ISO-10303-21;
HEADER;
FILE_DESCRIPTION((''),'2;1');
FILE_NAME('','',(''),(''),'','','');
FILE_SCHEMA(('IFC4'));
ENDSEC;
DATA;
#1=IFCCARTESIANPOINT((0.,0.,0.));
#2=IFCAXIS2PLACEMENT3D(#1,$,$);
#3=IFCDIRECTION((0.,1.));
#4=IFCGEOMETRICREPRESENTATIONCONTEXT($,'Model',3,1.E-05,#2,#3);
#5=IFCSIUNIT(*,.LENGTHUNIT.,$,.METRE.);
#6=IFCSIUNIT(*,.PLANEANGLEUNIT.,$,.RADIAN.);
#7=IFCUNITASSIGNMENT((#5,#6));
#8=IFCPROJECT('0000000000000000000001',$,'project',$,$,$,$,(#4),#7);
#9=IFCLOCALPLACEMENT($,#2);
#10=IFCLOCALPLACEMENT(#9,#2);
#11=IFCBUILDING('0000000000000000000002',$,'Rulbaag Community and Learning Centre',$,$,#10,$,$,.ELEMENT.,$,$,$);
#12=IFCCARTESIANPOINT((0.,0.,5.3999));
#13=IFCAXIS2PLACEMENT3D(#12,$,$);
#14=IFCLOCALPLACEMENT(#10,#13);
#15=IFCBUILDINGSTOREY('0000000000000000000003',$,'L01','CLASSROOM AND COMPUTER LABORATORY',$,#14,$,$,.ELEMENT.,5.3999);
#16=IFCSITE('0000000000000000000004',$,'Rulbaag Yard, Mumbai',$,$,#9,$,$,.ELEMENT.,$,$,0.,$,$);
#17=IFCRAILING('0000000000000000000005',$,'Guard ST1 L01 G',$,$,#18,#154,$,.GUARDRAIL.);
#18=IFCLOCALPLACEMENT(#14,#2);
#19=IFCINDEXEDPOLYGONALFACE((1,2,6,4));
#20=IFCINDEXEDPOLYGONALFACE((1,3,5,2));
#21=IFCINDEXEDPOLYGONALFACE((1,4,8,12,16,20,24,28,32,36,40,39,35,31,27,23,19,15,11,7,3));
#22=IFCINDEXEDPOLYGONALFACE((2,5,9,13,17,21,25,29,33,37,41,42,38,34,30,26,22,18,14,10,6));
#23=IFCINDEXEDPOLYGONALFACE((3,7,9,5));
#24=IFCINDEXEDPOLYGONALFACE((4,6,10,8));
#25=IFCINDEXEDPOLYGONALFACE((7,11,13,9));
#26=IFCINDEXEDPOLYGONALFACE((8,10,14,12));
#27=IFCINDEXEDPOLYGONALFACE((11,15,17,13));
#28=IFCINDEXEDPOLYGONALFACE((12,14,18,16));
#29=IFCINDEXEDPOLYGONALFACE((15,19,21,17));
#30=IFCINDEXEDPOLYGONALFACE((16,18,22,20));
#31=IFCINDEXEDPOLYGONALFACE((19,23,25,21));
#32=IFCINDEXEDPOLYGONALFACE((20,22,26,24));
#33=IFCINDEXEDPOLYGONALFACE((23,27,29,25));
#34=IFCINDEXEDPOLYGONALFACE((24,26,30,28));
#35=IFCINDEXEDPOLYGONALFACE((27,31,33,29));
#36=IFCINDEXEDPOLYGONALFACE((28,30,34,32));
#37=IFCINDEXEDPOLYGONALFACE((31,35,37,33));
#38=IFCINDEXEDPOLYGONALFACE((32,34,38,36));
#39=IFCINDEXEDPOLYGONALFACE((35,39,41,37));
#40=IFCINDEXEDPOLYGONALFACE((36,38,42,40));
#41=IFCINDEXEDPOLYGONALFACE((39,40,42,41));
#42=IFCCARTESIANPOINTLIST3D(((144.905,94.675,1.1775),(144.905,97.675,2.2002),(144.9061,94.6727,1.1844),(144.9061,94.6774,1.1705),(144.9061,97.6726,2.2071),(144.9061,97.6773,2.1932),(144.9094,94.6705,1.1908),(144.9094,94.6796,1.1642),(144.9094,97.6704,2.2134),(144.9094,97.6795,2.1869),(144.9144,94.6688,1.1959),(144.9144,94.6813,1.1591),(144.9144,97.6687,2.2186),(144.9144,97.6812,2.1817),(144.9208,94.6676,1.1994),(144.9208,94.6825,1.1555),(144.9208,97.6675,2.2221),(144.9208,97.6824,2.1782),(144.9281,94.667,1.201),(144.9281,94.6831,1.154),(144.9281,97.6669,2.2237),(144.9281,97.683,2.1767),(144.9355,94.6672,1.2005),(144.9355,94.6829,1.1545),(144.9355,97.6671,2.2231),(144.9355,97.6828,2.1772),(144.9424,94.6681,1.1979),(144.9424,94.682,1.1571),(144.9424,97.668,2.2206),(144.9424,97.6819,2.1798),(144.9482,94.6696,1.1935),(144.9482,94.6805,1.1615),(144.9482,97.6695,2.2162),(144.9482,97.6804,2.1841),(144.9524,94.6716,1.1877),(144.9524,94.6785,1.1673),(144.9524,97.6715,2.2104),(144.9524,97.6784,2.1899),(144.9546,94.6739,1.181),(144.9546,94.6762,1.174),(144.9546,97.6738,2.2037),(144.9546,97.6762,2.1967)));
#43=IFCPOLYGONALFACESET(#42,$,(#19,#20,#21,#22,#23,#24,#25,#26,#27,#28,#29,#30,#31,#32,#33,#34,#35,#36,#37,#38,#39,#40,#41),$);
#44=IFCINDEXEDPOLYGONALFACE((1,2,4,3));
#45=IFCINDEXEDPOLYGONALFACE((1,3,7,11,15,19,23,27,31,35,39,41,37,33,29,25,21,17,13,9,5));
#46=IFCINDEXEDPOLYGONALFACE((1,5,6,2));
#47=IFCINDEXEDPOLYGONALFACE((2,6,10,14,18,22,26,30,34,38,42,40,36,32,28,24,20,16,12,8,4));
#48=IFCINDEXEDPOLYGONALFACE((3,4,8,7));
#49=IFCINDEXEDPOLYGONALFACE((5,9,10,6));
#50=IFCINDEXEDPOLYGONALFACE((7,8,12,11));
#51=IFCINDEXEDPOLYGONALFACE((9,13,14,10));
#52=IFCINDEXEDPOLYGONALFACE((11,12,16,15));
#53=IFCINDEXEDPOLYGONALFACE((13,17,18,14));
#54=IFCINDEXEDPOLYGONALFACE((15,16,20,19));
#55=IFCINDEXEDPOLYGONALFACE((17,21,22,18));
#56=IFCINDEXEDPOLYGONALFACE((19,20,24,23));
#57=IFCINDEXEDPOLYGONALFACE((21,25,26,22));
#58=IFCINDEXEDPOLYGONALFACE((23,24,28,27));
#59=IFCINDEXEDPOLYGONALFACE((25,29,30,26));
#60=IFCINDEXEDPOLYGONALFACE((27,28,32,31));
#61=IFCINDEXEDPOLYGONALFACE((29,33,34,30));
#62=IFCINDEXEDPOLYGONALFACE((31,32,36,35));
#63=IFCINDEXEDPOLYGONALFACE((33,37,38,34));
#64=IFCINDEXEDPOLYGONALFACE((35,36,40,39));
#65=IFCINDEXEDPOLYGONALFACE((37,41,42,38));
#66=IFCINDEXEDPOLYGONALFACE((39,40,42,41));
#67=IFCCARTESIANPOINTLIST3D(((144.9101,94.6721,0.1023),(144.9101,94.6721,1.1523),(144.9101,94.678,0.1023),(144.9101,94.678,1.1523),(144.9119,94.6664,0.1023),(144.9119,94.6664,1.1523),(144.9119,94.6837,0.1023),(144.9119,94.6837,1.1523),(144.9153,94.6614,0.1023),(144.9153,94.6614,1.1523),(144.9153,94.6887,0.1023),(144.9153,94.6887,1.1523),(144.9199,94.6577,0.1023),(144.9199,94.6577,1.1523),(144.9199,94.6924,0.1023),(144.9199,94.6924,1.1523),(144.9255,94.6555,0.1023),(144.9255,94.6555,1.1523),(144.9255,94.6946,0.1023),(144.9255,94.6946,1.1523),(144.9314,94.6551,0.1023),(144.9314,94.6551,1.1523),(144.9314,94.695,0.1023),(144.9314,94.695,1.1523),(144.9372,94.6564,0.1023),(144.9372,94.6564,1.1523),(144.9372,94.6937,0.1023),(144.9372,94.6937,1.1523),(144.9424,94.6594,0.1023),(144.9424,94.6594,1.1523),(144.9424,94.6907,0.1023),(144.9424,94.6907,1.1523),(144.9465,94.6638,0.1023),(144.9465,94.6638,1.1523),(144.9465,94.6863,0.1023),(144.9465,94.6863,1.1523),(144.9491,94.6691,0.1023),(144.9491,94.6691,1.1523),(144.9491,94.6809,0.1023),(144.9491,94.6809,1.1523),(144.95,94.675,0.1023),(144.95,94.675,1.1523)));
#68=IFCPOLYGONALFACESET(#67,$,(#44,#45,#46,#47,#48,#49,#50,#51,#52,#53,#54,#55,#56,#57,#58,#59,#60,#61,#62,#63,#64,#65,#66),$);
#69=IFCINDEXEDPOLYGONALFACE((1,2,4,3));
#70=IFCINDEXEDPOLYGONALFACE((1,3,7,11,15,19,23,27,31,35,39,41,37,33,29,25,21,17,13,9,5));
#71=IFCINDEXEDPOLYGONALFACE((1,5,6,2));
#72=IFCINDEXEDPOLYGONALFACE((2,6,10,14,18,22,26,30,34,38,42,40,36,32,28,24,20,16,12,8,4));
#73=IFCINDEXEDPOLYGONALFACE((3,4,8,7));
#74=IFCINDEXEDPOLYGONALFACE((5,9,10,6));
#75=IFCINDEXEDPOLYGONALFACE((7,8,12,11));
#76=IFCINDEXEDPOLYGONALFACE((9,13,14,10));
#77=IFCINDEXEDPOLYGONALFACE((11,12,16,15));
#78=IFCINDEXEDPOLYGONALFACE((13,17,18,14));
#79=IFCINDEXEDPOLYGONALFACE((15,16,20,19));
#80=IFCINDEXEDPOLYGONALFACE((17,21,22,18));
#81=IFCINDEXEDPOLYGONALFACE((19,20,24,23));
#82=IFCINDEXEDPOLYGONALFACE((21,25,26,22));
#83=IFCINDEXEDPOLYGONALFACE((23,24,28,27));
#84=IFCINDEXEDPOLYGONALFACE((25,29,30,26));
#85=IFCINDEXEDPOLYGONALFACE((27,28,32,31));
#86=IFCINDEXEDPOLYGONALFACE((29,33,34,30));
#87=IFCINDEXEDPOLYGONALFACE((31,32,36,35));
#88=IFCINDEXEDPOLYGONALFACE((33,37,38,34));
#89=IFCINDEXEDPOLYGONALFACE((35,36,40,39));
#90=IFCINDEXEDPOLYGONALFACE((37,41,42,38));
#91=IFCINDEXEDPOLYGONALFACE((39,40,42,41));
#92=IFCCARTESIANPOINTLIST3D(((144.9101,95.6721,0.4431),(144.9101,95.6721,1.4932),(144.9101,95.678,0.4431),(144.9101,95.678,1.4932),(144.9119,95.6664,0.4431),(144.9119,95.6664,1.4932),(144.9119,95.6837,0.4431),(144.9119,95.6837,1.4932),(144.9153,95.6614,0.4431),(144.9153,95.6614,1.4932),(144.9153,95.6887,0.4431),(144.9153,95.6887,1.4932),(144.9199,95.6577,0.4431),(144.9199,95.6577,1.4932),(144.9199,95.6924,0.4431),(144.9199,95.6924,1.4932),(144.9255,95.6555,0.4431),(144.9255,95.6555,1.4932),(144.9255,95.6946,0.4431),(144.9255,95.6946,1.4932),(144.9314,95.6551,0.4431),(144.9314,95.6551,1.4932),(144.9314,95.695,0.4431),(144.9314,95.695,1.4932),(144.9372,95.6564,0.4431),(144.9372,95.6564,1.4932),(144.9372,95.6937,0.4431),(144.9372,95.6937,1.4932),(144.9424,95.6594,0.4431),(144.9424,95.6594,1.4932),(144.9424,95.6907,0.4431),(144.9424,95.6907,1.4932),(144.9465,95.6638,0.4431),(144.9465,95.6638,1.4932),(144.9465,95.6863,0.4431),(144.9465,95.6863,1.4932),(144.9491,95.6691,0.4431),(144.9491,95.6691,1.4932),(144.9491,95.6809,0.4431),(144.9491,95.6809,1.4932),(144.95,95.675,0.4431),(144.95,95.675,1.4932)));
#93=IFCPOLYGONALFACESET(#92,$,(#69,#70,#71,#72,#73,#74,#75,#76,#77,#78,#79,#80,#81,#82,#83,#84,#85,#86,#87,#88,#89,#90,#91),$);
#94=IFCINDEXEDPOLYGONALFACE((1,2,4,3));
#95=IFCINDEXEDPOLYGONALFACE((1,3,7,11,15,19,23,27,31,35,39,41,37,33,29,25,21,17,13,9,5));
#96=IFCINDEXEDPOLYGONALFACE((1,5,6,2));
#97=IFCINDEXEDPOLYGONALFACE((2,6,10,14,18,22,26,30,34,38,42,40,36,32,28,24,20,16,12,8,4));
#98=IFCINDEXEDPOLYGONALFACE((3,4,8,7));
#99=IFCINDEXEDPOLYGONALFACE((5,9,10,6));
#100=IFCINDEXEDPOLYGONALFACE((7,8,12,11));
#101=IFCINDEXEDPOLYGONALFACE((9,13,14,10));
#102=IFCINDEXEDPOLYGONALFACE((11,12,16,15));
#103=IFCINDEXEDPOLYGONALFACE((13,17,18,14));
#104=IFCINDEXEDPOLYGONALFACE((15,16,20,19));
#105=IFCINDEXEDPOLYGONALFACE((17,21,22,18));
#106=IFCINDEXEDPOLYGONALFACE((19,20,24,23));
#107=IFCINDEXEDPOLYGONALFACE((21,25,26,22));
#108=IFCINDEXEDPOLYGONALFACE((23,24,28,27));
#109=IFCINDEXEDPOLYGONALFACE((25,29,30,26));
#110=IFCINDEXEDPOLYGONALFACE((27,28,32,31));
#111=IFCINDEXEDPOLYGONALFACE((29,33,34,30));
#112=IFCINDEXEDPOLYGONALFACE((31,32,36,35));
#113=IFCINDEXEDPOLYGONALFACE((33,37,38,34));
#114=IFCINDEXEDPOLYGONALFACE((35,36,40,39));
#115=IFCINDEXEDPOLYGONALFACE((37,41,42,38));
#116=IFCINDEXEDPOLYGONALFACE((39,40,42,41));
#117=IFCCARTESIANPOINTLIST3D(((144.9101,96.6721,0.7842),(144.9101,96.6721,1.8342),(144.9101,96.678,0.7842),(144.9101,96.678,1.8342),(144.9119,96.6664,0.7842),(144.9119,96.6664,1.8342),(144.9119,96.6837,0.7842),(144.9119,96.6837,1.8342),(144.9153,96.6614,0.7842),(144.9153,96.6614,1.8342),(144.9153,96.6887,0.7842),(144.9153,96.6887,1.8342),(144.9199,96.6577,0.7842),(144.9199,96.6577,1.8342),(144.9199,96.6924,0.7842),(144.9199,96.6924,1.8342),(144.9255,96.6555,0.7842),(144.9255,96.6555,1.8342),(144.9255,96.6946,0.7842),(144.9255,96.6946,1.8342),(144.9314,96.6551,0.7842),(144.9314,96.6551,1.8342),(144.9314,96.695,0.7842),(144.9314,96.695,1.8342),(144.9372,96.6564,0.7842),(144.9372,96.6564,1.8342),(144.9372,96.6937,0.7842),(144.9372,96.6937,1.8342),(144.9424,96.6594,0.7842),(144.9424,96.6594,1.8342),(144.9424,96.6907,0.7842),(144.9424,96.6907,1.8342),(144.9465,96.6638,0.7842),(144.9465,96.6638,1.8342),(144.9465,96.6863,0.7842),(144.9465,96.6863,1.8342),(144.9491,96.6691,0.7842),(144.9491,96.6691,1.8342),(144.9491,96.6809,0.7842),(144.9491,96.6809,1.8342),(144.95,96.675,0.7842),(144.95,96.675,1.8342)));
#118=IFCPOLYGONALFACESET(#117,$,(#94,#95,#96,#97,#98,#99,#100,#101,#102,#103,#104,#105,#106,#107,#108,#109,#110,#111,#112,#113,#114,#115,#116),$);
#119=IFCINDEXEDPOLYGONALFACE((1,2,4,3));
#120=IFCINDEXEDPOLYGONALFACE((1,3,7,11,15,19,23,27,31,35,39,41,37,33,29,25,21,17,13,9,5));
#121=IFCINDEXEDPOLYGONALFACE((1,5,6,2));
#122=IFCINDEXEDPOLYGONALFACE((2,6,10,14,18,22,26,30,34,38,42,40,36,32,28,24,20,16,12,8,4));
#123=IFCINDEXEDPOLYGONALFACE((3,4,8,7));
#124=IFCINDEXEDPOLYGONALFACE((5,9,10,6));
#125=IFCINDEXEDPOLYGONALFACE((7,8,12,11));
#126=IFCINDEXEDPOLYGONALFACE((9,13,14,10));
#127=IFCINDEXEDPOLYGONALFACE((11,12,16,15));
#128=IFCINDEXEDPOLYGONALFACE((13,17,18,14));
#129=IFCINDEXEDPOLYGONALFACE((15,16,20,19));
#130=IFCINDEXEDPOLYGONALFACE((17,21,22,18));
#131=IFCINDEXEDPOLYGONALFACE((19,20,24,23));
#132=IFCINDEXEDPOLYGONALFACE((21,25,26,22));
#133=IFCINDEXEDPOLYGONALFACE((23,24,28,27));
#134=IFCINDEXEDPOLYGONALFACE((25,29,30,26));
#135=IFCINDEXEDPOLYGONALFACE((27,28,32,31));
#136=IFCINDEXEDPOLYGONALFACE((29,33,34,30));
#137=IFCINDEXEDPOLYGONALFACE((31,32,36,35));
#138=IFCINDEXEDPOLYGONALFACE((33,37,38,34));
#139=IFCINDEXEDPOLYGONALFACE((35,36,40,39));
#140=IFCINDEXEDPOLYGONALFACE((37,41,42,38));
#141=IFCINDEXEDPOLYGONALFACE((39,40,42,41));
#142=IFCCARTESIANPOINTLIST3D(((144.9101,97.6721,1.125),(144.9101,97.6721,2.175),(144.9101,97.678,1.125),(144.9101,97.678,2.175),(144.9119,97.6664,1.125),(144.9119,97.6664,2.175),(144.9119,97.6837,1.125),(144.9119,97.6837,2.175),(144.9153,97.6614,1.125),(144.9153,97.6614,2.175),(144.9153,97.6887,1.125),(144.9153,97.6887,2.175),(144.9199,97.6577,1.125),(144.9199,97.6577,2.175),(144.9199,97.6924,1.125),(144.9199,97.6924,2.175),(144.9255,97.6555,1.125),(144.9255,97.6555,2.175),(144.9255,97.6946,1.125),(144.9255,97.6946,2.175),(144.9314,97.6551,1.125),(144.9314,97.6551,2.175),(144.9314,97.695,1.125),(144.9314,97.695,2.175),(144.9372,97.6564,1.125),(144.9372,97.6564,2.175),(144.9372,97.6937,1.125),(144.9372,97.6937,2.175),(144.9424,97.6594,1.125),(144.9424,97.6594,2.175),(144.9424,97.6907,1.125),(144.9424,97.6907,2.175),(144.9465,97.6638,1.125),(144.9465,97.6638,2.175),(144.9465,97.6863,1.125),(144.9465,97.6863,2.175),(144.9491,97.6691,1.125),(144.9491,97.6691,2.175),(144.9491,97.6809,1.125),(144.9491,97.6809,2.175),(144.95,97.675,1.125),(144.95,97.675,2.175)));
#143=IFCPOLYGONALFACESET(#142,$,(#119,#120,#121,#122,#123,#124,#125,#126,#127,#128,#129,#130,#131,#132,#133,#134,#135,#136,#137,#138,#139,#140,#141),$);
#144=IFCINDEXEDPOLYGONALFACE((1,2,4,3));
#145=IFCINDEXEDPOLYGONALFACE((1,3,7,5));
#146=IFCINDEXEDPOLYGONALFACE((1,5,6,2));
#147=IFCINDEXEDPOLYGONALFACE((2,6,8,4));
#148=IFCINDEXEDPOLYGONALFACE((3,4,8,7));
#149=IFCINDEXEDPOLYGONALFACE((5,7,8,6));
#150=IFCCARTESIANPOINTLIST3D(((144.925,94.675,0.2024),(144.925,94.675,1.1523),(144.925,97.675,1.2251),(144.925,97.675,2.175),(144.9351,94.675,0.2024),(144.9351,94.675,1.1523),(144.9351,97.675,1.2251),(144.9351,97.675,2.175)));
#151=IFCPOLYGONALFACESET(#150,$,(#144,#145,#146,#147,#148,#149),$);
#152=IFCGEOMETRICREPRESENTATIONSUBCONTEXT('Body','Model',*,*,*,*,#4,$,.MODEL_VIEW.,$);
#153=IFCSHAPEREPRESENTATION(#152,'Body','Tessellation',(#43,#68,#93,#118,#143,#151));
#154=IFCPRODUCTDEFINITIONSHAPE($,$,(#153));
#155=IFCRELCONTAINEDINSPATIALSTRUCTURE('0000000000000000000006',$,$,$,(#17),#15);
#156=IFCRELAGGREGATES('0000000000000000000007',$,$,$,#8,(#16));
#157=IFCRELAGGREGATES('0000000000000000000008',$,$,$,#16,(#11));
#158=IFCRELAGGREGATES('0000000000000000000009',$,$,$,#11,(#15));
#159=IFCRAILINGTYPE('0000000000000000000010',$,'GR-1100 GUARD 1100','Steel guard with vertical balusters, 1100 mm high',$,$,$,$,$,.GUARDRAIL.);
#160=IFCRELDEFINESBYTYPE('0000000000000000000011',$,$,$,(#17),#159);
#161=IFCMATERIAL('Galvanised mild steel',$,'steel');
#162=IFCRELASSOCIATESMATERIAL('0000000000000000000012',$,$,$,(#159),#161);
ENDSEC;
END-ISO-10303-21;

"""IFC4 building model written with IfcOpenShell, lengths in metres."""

from ifc_helpers import new_model, si_unit, direction, frame, origin, origin_2d, place, context, subcontext, project, spatial, polyline, circle, outline, extrude, material, type_object, element, save


model = new_model("IFC4")

# Units and contexts
model_context = context("Model", 3, precision=1e-05, world=origin(), true_north=direction((0.0, 1.0)))
body_context = subcontext(model_context, "Body", "Model", "MODEL_VIEW")
ifc_project = project(units=[si_unit("LENGTHUNIT", "METRE"), si_unit("PLANEANGLEUNIT", "RADIAN")], contexts=[model_context])

# Site, building, storey
site_placement = place(None, origin())
site = spatial("IfcSite", under=ifc_project, at=site_placement, Name="Rulbaag Yard, Mumbai", CompositionType="ELEMENT", RefElevation=0.0)
building_placement = place(site_placement, origin())
building = spatial("IfcBuilding", under=site, at=building_placement, Name="Rulbaag Community and Learning Centre", CompositionType="ELEMENT")
storey_placement = place(building_placement, frame((0.0, 0.0, 5.3999)))
storey = spatial("IfcBuildingStorey", under=building, at=storey_placement, Name="L01", Description="CLASSROOM AND COMPUTER LABORATORY", CompositionType="ELEMENT", Elevation=5.3999)

# Railing
ifc_material_1 = material(Name="Galvanised mild steel", Category="steel")
railing_type_1 = type_object("IfcRailingType", Name="GR-1100 GUARD 1100", Description="Steel guard with vertical balusters, 1100 mm high", PredefinedType="GUARDRAIL", material=ifc_material_1)
railing_1_placement = place(storey_placement, frame((144.9299, 94.675, 0.1023)))
element("IfcRailing", 1, at=railing_1_placement, inside=storey, type_object=railing_type_1, Name="Guard ST1 L01 G", PredefinedType="GUARDRAIL", context=body_context, shape_type="SweptSolid", body=[
    extrude(circle(Radius=0.0249, at=origin_2d()), frame((0.0, 0.0, 1.0752), z_axis=(0.0, 0.946512, 0.322668), x_axis=(-1.0, 0.0, 0.0)), (0.0, 0.0, 1.0), 3.1694),
    extrude(circle(Radius=0.02, at=origin_2d()), origin(), (0.0, 0.0, 1.0), 1.05),
    extrude(circle(Radius=0.02, at=origin_2d()), frame((0.0, 1.0, 0.3408)), (0.0, 0.0, 1.0), 1.05),
    extrude(circle(Radius=0.02, at=origin_2d()), frame((0.0, 2.0, 0.6819)), (0.0, 0.0, 1.0), 1.05),
    extrude(circle(Radius=0.02, at=origin_2d()), frame((0.0, 3.0, 1.0227)), (0.0, 0.0, 1.0), 1.05),
    extrude(outline(polyline([(0.0, 0.0), (3.0, 1.0227), (3.0, 1.9727), (0.0, 0.95), (0.0, 0.0)])), frame((-0.0049, 0.0, 0.1001), z_axis=(1.0, 0.0, 0.0), x_axis=(0.0, 1.0, 0.0)), (0.0, 0.0, 1.0), 0.01),
])

save(model, "model.ifc")
